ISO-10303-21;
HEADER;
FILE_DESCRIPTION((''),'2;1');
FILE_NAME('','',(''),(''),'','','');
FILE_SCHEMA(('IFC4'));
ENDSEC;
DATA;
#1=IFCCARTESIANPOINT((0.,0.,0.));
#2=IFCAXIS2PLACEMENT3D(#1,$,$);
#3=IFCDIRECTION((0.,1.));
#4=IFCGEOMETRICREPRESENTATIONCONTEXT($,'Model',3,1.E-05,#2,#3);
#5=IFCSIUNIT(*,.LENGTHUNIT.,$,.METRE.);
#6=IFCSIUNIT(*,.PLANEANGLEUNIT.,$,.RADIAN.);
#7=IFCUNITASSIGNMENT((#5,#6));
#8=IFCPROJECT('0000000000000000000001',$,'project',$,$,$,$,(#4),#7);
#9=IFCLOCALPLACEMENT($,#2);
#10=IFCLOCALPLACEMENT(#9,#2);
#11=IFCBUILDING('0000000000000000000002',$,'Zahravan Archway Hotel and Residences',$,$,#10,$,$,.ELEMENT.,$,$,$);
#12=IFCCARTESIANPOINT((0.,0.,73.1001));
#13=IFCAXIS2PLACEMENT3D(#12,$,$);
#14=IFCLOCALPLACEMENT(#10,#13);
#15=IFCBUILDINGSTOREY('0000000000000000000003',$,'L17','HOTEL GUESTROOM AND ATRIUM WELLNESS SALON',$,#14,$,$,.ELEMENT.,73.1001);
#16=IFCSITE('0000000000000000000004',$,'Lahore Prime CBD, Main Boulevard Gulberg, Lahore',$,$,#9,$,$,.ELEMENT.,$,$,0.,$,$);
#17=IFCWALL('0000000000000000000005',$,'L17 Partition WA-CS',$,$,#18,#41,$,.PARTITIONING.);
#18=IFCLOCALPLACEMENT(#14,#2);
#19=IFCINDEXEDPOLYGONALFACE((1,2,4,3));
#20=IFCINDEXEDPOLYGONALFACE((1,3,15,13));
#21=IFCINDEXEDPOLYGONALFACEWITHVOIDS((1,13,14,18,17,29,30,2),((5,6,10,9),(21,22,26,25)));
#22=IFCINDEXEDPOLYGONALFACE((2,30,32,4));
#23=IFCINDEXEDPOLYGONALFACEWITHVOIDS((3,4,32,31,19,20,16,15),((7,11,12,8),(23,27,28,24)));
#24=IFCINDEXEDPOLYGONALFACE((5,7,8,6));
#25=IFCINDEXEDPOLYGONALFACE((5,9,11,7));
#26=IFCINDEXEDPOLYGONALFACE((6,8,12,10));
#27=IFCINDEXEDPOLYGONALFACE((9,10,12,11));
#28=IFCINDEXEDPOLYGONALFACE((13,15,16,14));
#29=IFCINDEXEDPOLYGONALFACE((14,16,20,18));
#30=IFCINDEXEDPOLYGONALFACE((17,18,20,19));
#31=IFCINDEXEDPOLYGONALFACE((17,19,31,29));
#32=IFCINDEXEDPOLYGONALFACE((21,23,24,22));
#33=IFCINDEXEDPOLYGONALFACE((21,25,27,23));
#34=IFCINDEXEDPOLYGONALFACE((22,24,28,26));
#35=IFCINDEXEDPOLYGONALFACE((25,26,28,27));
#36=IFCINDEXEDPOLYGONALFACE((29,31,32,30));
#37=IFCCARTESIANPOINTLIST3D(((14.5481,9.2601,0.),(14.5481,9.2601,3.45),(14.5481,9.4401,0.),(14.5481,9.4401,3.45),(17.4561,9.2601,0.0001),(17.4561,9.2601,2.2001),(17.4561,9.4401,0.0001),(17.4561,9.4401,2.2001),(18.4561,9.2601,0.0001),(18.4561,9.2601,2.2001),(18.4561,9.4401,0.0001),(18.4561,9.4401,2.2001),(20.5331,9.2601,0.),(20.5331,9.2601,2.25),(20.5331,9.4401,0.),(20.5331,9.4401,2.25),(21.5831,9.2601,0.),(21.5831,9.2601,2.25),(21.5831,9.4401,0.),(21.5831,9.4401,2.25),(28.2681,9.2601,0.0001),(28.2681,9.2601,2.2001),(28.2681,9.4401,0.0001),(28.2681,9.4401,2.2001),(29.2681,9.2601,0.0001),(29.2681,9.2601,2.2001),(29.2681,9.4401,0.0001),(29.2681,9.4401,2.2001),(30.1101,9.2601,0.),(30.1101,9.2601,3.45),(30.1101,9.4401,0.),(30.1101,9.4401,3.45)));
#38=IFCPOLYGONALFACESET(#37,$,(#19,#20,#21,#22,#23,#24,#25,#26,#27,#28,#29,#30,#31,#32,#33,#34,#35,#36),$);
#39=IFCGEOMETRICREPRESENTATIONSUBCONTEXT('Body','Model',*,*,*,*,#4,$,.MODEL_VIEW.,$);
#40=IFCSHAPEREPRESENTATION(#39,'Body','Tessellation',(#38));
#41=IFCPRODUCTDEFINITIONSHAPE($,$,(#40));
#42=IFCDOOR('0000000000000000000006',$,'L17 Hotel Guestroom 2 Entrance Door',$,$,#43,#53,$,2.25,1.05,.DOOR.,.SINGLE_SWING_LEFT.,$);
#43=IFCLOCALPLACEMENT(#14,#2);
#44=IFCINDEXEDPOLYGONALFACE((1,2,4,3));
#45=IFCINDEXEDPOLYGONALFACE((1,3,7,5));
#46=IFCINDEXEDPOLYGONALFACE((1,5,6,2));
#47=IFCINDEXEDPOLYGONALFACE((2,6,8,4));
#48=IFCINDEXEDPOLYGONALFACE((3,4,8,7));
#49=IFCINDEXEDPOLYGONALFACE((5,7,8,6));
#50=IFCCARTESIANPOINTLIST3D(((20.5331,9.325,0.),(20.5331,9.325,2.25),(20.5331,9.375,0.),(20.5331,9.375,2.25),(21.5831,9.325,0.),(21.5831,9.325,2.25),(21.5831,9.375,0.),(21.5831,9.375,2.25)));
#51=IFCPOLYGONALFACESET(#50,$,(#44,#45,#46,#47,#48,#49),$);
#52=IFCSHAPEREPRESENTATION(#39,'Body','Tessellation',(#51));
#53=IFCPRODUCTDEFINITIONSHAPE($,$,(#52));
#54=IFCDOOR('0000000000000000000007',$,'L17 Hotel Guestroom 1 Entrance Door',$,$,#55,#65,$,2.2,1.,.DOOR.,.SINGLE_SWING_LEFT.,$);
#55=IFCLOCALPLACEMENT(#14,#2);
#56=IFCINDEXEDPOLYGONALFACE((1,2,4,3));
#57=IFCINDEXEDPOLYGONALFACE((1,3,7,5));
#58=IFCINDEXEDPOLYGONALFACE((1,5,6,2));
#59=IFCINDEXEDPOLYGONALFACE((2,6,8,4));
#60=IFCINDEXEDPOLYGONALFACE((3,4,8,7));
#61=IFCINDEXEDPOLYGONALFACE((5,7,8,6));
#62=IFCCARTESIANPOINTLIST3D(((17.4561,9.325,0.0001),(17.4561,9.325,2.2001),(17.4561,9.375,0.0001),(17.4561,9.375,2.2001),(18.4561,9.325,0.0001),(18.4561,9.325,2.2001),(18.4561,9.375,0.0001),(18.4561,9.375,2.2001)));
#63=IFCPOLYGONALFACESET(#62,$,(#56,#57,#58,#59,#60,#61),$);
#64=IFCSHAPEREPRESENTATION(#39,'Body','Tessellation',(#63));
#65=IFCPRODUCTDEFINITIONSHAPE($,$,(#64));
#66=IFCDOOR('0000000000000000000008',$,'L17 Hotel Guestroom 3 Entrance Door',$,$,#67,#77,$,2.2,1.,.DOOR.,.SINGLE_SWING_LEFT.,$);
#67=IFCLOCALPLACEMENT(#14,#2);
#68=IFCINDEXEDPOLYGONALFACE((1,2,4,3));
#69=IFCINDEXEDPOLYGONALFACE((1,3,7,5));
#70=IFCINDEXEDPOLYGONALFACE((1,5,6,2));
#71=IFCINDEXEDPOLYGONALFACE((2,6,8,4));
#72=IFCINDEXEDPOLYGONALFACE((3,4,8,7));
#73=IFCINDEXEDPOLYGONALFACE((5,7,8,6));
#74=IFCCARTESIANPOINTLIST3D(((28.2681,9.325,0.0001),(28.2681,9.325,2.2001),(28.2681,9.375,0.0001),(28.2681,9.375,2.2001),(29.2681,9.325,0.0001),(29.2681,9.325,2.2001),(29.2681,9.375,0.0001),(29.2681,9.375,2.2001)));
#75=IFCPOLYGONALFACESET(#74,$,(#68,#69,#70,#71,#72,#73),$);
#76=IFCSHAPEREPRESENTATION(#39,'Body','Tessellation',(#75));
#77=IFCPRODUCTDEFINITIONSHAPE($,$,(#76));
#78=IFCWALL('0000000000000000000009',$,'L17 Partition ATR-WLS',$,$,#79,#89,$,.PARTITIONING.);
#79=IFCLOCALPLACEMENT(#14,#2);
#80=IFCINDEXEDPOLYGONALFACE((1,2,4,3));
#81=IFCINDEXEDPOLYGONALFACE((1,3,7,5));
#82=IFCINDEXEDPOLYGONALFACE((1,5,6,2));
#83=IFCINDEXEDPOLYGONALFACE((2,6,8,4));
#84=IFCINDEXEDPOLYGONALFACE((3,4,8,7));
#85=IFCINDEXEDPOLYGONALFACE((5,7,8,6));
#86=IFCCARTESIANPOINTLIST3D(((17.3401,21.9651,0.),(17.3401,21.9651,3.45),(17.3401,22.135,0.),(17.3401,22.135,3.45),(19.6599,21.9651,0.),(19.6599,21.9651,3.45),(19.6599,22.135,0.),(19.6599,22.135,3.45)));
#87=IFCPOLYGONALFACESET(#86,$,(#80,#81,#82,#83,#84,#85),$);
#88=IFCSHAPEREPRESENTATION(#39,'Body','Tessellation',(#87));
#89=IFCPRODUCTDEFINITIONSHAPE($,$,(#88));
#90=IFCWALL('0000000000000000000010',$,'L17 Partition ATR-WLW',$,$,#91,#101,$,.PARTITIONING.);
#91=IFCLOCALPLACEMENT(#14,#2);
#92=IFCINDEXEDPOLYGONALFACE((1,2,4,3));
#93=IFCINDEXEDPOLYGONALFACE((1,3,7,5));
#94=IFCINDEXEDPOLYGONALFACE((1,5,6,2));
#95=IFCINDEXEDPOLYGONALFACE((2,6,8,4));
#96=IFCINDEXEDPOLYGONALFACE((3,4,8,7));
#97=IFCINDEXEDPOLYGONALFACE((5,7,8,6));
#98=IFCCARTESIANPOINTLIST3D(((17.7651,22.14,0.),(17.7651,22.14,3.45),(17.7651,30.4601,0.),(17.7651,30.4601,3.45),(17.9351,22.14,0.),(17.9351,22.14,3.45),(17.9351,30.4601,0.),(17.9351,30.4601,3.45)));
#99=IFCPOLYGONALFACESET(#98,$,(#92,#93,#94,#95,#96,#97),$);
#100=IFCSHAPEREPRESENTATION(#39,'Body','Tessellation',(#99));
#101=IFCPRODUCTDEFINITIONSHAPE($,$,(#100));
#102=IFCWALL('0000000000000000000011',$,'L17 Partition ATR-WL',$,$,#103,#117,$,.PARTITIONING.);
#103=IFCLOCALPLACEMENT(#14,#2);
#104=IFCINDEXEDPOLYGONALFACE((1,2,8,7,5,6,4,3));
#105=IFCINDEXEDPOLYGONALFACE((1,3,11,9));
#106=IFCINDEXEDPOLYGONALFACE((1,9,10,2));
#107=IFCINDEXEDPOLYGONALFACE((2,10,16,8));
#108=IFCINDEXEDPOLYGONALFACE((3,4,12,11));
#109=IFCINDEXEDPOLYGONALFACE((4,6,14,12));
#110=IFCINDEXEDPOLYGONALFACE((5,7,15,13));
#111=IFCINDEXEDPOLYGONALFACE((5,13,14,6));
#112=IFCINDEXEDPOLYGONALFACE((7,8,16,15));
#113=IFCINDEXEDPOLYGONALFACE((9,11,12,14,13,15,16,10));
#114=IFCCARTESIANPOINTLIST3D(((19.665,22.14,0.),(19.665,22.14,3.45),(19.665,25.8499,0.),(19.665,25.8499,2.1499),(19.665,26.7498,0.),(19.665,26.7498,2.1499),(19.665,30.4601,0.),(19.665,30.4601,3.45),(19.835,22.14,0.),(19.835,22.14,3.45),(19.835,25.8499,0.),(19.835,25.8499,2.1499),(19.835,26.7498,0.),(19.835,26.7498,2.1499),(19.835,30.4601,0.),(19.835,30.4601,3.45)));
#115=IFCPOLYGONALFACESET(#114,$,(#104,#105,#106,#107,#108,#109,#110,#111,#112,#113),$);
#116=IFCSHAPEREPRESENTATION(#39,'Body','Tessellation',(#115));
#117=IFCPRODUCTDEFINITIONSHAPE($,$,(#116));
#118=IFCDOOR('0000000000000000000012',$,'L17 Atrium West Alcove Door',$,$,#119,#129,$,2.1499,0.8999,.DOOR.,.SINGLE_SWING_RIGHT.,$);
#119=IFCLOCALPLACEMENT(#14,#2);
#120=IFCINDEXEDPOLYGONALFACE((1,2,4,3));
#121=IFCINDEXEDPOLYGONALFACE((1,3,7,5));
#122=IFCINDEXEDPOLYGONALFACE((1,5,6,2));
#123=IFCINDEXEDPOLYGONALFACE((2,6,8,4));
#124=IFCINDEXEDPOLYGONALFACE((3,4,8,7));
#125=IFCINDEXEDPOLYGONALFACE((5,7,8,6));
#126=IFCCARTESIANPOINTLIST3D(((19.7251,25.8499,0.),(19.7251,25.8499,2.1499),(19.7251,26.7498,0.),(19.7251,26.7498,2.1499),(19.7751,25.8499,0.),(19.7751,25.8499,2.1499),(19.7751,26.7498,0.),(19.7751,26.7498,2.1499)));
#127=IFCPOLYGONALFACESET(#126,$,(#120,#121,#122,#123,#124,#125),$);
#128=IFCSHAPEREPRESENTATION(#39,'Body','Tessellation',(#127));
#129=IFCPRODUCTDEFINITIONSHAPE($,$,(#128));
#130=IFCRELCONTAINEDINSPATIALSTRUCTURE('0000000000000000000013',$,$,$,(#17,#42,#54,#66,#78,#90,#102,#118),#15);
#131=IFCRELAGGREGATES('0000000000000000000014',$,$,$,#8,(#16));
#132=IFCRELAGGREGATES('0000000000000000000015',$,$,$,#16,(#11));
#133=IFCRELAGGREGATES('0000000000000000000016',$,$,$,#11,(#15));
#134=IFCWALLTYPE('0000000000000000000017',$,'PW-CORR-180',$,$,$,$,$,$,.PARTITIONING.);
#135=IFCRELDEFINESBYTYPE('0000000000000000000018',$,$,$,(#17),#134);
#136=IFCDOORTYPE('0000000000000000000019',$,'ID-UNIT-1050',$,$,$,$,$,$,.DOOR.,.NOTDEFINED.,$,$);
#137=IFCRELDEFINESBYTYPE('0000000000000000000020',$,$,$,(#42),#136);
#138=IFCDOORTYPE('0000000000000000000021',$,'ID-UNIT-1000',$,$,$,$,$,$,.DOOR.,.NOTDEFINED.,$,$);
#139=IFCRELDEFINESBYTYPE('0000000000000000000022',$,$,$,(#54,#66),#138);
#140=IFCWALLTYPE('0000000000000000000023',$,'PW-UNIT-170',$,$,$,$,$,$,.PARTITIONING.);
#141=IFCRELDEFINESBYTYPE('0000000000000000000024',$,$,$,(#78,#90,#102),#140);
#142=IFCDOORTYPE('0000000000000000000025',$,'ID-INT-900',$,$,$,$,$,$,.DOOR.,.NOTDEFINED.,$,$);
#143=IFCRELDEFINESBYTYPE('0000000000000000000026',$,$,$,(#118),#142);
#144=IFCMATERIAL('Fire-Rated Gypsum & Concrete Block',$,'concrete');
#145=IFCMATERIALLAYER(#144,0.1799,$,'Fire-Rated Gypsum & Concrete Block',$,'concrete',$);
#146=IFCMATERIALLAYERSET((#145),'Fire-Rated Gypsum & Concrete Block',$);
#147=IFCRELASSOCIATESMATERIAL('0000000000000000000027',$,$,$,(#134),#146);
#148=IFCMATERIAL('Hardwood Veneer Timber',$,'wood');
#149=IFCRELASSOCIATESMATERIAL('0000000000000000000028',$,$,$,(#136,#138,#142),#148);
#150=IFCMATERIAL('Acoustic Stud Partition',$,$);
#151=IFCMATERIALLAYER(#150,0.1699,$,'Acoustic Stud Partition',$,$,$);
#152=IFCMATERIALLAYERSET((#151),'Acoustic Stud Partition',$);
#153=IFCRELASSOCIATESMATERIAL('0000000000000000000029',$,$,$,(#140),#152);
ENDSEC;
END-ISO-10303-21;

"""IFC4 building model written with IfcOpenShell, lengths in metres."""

from ifc_helpers import new_model, si_unit, direction, frame, frame_2d, origin, place, context, subcontext, project, spatial, rectangle, extrude, source, transform, mapped, material, layer, layer_set, type_object, type_shapes, element, fill, save


model = new_model("IFC4")

# Units and contexts
model_context = context("Model", 3, precision=1e-05, world=origin(), true_north=direction((0.0, 1.0)))
body_context = subcontext(model_context, "Body", "Model", "MODEL_VIEW")
ifc_project = project(units=[si_unit("LENGTHUNIT", "METRE"), si_unit("PLANEANGLEUNIT", "RADIAN")], contexts=[model_context])

# Site, building, storey
site_placement = place(None, origin())
site = spatial("IfcSite", under=ifc_project, at=site_placement, Name="Lahore Prime CBD, Main Boulevard Gulberg, Lahore", CompositionType="ELEMENT", RefElevation=0.0)
building_placement = place(site_placement, origin())
building = spatial("IfcBuilding", under=site, at=building_placement, Name="Zahravan Archway Hotel and Residences", CompositionType="ELEMENT")
storey_placement = place(building_placement, frame((0.0, 0.0, 73.1001)))
storey = spatial("IfcBuildingStorey", under=building, at=storey_placement, Name="L17", Description="HOTEL GUESTROOM AND ATRIUM WELLNESS SALON", CompositionType="ELEMENT", Elevation=73.1001)

# Shared definitions
ifc_material_1 = material(Name="Fire-Rated Gypsum & Concrete Block", Category="concrete")

# Wall, openings, doors
ifc_layer_1 = layer(ifc_material_1, 0.1799, Name="Fire-Rated Gypsum & Concrete Block", Category="concrete")
ifc_layer_set_1 = layer_set([ifc_layer_1], Name="Fire-Rated Gypsum & Concrete Block")
wall_type_1 = type_object("IfcWallType", Name="PW-CORR-180", PredefinedType="PARTITIONING", material=ifc_layer_set_1)
wall_1_placement = place(storey_placement, frame((14.5481, 9.3501, 0.0), z_axis=(0.0, 0.0, 1.0), x_axis=(1.0, 0.0, 0.0)))
wall_1 = element("IfcWall", 1, at=wall_1_placement, inside=storey, type_object=wall_type_1, Name="L17 Partition WA-CS", PredefinedType="PARTITIONING", context=body_context, shape_type="SweptSolid", body=[
    extrude(rectangle(XDim=15.562, YDim=0.1799, at=frame_2d((7.781, 0.0))), origin(), (0.0, 0.0, 1.0), 3.45),
])
opening_1_placement = place(wall_1_placement, frame((2.908, 0.0, 0.0)))
opening_1 = element("IfcOpeningElement", 2, at=opening_1_placement, cuts=wall_1, PredefinedType="OPENING", context=body_context, shape_type="SweptSolid", body=[
    extrude(rectangle(XDim=1.0, YDim=2.2, at=frame_2d((0.5, 1.1001))), frame((0.0, 0.1001, 0.0), z_axis=(0.0, -1.0, 0.0), x_axis=(1.0, 0.0, 0.0)), (0.0, 0.0, 1.0), 0.2),
])
opening_2_placement = place(wall_1_placement, frame((5.9851, 0.0, 0.0)))
opening_2 = element("IfcOpeningElement", 3, at=opening_2_placement, cuts=wall_1, PredefinedType="OPENING", context=body_context, shape_type="SweptSolid", body=[
    extrude(rectangle(XDim=1.05, YDim=2.25, at=frame_2d((0.5249, 1.125))), frame((0.0, 0.1001, 0.0), z_axis=(0.0, -1.0, 0.0), x_axis=(1.0, 0.0, 0.0)), (0.0, 0.0, 1.0), 0.2),
])
opening_3_placement = place(wall_1_placement, frame((13.72, 0.0, 0.0)))
opening_3 = element("IfcOpeningElement", 4, at=opening_3_placement, cuts=wall_1, PredefinedType="OPENING", context=body_context, shape_type="SweptSolid", body=[
    extrude(rectangle(XDim=1.0, YDim=2.2, at=frame_2d((0.5, 1.1001))), frame((0.0, 0.1001, 0.0), z_axis=(0.0, -1.0, 0.0), x_axis=(1.0, 0.0, 0.0)), (0.0, 0.0, 1.0), 0.2),
])
ifc_material_2 = material(Name="Hardwood Veneer Timber", Category="wood")
door_type_1 = type_object("IfcDoorType", Name="ID-UNIT-1050", OperationType="NOTDEFINED", PredefinedType="DOOR", material=ifc_material_2)
shared_shape_1 = source(origin(), body_context, "Body", "SweptSolid", [
    extrude(rectangle(XDim=1.05, YDim=2.25, at=frame_2d((0.5249, 1.125))), frame((0.0, 0.0249, 0.0), z_axis=(0.0, -1.0, 0.0), x_axis=(1.0, 0.0, 0.0)), (0.0, 0.0, 1.0), 0.05),
])
type_shapes(door_type_1, [shared_shape_1])
door_1_placement = place(opening_2_placement, origin())
door_1 = element("IfcDoor", 5, at=door_1_placement, inside=storey, type_object=door_type_1, Name="L17 Hotel Guestroom 2 Entrance Door", OperationType="SINGLE_SWING_LEFT", OverallHeight=2.25, OverallWidth=1.05, PredefinedType="DOOR", context=body_context, shape_type="MappedRepresentation", body=[
    mapped(shared_shape_1, transform((0.0, 0.0, 0.0), scale=1.0)),
])
fill(opening_2, door_1)
door_type_2 = type_object("IfcDoorType", Name="ID-UNIT-1000", OperationType="NOTDEFINED", PredefinedType="DOOR", material=ifc_material_2)
shared_shape_2 = source(origin(), body_context, "Body", "SweptSolid", [
    extrude(rectangle(XDim=1.0, YDim=2.2, at=frame_2d((0.5, 1.1001))), frame((0.0, 0.0249, 0.0), z_axis=(0.0, -1.0, 0.0), x_axis=(1.0, 0.0, 0.0)), (0.0, 0.0, 1.0), 0.05),
])
type_shapes(door_type_2, [shared_shape_2])
door_2_placement = place(opening_1_placement, origin())
door_2 = element("IfcDoor", 6, at=door_2_placement, inside=storey, type_object=door_type_2, Name="L17 Hotel Guestroom 1 Entrance Door", OperationType="SINGLE_SWING_LEFT", OverallHeight=2.2, OverallWidth=1.0, PredefinedType="DOOR", context=body_context, shape_type="MappedRepresentation", body=[
    mapped(shared_shape_2, transform((0.0, 0.0, 0.0), scale=1.0)),
])
fill(opening_1, door_2)
door_3_placement = place(opening_3_placement, origin())
door_3 = element("IfcDoor", 7, at=door_3_placement, inside=storey, type_object=door_type_2, Name="L17 Hotel Guestroom 3 Entrance Door", OperationType="SINGLE_SWING_LEFT", OverallHeight=2.2, OverallWidth=1.0, PredefinedType="DOOR", context=body_context, shape_type="MappedRepresentation", body=[
    mapped(shared_shape_2, transform((0.0, 0.0, 0.0), scale=1.0)),
])
fill(opening_3, door_3)

# Walls
ifc_material_3 = material(Name="Acoustic Stud Partition")
ifc_layer_2 = layer(ifc_material_3, 0.1699, Name="Acoustic Stud Partition")
ifc_layer_set_2 = layer_set([ifc_layer_2], Name="Acoustic Stud Partition")
wall_type_2 = type_object("IfcWallType", Name="PW-UNIT-170", PredefinedType="PARTITIONING", material=ifc_layer_set_2)
wall_2_placement = place(storey_placement, frame((17.3401, 22.05, 0.0), z_axis=(0.0, 0.0, 1.0), x_axis=(1.0, 0.0, 0.0)))
element("IfcWall", 8, at=wall_2_placement, inside=storey, type_object=wall_type_2, Name="L17 Partition ATR-WLS", PredefinedType="PARTITIONING", context=body_context, shape_type="SweptSolid", body=[
    extrude(rectangle(XDim=2.3198, YDim=0.1699, at=frame_2d((1.1599, 0.0))), origin(), (0.0, 0.0, 1.0), 3.45),
])
wall_3_placement = place(storey_placement, frame((17.8501, 22.1399, 0.0), z_axis=(0.0, 0.0, 1.0), x_axis=(0.0, 1.0, 0.0)))
element("IfcWall", 9, at=wall_3_placement, inside=storey, type_object=wall_type_2, Name="L17 Partition ATR-WLW", PredefinedType="PARTITIONING", context=body_context, shape_type="SweptSolid", body=[
    extrude(rectangle(XDim=8.3201, YDim=0.1699, at=frame_2d((4.1602, 0.0))), origin(), (0.0, 0.0, 1.0), 3.45),
])

# Wall, opening, door
wall_4_placement = place(storey_placement, frame((19.75, 22.1399, 0.0), z_axis=(0.0, 0.0, 1.0), x_axis=(0.0, 1.0, 0.0)))
wall_4 = element("IfcWall", 10, at=wall_4_placement, inside=storey, type_object=wall_type_2, Name="L17 Partition ATR-WL", PredefinedType="PARTITIONING", context=body_context, shape_type="SweptSolid", body=[
    extrude(rectangle(XDim=8.3201, YDim=0.1699, at=frame_2d((4.1602, 0.0))), origin(), (0.0, 0.0, 1.0), 3.45),
])
opening_4_placement = place(wall_4_placement, frame((3.71, 0.0, 0.0)))
opening_4 = element("IfcOpeningElement", 11, at=opening_4_placement, cuts=wall_4, PredefinedType="OPENING", context=body_context, shape_type="SweptSolid", body=[
    extrude(rectangle(XDim=0.8999, YDim=2.1499, at=frame_2d((0.45, 1.075))), frame((0.0, 0.095, 0.0), z_axis=(0.0, -1.0, 0.0), x_axis=(1.0, 0.0, 0.0)), (0.0, 0.0, 1.0), 0.1899),
])
door_type_3 = type_object("IfcDoorType", Name="ID-INT-900", OperationType="NOTDEFINED", PredefinedType="DOOR", material=ifc_material_2)
shared_shape_3 = source(origin(), body_context, "Body", "SweptSolid", [
    extrude(rectangle(XDim=0.8999, YDim=2.1499, at=frame_2d((0.45, 1.075))), frame((0.0, 0.0249, 0.0), z_axis=(0.0, -1.0, 0.0), x_axis=(1.0, 0.0, 0.0)), (0.0, 0.0, 1.0), 0.05),
])
type_shapes(door_type_3, [shared_shape_3])
door_4_placement = place(opening_4_placement, origin())
door_4 = element("IfcDoor", 12, at=door_4_placement, inside=storey, type_object=door_type_3, Name="L17 Atrium West Alcove Door", OperationType="SINGLE_SWING_RIGHT", OverallHeight=2.1499, OverallWidth=0.8999, PredefinedType="DOOR", context=body_context, shape_type="MappedRepresentation", body=[
    mapped(shared_shape_3, transform((0.0, 0.0, 0.0), scale=1.0)),
])
fill(opening_4, door_4)

save(model, "model.ifc")
